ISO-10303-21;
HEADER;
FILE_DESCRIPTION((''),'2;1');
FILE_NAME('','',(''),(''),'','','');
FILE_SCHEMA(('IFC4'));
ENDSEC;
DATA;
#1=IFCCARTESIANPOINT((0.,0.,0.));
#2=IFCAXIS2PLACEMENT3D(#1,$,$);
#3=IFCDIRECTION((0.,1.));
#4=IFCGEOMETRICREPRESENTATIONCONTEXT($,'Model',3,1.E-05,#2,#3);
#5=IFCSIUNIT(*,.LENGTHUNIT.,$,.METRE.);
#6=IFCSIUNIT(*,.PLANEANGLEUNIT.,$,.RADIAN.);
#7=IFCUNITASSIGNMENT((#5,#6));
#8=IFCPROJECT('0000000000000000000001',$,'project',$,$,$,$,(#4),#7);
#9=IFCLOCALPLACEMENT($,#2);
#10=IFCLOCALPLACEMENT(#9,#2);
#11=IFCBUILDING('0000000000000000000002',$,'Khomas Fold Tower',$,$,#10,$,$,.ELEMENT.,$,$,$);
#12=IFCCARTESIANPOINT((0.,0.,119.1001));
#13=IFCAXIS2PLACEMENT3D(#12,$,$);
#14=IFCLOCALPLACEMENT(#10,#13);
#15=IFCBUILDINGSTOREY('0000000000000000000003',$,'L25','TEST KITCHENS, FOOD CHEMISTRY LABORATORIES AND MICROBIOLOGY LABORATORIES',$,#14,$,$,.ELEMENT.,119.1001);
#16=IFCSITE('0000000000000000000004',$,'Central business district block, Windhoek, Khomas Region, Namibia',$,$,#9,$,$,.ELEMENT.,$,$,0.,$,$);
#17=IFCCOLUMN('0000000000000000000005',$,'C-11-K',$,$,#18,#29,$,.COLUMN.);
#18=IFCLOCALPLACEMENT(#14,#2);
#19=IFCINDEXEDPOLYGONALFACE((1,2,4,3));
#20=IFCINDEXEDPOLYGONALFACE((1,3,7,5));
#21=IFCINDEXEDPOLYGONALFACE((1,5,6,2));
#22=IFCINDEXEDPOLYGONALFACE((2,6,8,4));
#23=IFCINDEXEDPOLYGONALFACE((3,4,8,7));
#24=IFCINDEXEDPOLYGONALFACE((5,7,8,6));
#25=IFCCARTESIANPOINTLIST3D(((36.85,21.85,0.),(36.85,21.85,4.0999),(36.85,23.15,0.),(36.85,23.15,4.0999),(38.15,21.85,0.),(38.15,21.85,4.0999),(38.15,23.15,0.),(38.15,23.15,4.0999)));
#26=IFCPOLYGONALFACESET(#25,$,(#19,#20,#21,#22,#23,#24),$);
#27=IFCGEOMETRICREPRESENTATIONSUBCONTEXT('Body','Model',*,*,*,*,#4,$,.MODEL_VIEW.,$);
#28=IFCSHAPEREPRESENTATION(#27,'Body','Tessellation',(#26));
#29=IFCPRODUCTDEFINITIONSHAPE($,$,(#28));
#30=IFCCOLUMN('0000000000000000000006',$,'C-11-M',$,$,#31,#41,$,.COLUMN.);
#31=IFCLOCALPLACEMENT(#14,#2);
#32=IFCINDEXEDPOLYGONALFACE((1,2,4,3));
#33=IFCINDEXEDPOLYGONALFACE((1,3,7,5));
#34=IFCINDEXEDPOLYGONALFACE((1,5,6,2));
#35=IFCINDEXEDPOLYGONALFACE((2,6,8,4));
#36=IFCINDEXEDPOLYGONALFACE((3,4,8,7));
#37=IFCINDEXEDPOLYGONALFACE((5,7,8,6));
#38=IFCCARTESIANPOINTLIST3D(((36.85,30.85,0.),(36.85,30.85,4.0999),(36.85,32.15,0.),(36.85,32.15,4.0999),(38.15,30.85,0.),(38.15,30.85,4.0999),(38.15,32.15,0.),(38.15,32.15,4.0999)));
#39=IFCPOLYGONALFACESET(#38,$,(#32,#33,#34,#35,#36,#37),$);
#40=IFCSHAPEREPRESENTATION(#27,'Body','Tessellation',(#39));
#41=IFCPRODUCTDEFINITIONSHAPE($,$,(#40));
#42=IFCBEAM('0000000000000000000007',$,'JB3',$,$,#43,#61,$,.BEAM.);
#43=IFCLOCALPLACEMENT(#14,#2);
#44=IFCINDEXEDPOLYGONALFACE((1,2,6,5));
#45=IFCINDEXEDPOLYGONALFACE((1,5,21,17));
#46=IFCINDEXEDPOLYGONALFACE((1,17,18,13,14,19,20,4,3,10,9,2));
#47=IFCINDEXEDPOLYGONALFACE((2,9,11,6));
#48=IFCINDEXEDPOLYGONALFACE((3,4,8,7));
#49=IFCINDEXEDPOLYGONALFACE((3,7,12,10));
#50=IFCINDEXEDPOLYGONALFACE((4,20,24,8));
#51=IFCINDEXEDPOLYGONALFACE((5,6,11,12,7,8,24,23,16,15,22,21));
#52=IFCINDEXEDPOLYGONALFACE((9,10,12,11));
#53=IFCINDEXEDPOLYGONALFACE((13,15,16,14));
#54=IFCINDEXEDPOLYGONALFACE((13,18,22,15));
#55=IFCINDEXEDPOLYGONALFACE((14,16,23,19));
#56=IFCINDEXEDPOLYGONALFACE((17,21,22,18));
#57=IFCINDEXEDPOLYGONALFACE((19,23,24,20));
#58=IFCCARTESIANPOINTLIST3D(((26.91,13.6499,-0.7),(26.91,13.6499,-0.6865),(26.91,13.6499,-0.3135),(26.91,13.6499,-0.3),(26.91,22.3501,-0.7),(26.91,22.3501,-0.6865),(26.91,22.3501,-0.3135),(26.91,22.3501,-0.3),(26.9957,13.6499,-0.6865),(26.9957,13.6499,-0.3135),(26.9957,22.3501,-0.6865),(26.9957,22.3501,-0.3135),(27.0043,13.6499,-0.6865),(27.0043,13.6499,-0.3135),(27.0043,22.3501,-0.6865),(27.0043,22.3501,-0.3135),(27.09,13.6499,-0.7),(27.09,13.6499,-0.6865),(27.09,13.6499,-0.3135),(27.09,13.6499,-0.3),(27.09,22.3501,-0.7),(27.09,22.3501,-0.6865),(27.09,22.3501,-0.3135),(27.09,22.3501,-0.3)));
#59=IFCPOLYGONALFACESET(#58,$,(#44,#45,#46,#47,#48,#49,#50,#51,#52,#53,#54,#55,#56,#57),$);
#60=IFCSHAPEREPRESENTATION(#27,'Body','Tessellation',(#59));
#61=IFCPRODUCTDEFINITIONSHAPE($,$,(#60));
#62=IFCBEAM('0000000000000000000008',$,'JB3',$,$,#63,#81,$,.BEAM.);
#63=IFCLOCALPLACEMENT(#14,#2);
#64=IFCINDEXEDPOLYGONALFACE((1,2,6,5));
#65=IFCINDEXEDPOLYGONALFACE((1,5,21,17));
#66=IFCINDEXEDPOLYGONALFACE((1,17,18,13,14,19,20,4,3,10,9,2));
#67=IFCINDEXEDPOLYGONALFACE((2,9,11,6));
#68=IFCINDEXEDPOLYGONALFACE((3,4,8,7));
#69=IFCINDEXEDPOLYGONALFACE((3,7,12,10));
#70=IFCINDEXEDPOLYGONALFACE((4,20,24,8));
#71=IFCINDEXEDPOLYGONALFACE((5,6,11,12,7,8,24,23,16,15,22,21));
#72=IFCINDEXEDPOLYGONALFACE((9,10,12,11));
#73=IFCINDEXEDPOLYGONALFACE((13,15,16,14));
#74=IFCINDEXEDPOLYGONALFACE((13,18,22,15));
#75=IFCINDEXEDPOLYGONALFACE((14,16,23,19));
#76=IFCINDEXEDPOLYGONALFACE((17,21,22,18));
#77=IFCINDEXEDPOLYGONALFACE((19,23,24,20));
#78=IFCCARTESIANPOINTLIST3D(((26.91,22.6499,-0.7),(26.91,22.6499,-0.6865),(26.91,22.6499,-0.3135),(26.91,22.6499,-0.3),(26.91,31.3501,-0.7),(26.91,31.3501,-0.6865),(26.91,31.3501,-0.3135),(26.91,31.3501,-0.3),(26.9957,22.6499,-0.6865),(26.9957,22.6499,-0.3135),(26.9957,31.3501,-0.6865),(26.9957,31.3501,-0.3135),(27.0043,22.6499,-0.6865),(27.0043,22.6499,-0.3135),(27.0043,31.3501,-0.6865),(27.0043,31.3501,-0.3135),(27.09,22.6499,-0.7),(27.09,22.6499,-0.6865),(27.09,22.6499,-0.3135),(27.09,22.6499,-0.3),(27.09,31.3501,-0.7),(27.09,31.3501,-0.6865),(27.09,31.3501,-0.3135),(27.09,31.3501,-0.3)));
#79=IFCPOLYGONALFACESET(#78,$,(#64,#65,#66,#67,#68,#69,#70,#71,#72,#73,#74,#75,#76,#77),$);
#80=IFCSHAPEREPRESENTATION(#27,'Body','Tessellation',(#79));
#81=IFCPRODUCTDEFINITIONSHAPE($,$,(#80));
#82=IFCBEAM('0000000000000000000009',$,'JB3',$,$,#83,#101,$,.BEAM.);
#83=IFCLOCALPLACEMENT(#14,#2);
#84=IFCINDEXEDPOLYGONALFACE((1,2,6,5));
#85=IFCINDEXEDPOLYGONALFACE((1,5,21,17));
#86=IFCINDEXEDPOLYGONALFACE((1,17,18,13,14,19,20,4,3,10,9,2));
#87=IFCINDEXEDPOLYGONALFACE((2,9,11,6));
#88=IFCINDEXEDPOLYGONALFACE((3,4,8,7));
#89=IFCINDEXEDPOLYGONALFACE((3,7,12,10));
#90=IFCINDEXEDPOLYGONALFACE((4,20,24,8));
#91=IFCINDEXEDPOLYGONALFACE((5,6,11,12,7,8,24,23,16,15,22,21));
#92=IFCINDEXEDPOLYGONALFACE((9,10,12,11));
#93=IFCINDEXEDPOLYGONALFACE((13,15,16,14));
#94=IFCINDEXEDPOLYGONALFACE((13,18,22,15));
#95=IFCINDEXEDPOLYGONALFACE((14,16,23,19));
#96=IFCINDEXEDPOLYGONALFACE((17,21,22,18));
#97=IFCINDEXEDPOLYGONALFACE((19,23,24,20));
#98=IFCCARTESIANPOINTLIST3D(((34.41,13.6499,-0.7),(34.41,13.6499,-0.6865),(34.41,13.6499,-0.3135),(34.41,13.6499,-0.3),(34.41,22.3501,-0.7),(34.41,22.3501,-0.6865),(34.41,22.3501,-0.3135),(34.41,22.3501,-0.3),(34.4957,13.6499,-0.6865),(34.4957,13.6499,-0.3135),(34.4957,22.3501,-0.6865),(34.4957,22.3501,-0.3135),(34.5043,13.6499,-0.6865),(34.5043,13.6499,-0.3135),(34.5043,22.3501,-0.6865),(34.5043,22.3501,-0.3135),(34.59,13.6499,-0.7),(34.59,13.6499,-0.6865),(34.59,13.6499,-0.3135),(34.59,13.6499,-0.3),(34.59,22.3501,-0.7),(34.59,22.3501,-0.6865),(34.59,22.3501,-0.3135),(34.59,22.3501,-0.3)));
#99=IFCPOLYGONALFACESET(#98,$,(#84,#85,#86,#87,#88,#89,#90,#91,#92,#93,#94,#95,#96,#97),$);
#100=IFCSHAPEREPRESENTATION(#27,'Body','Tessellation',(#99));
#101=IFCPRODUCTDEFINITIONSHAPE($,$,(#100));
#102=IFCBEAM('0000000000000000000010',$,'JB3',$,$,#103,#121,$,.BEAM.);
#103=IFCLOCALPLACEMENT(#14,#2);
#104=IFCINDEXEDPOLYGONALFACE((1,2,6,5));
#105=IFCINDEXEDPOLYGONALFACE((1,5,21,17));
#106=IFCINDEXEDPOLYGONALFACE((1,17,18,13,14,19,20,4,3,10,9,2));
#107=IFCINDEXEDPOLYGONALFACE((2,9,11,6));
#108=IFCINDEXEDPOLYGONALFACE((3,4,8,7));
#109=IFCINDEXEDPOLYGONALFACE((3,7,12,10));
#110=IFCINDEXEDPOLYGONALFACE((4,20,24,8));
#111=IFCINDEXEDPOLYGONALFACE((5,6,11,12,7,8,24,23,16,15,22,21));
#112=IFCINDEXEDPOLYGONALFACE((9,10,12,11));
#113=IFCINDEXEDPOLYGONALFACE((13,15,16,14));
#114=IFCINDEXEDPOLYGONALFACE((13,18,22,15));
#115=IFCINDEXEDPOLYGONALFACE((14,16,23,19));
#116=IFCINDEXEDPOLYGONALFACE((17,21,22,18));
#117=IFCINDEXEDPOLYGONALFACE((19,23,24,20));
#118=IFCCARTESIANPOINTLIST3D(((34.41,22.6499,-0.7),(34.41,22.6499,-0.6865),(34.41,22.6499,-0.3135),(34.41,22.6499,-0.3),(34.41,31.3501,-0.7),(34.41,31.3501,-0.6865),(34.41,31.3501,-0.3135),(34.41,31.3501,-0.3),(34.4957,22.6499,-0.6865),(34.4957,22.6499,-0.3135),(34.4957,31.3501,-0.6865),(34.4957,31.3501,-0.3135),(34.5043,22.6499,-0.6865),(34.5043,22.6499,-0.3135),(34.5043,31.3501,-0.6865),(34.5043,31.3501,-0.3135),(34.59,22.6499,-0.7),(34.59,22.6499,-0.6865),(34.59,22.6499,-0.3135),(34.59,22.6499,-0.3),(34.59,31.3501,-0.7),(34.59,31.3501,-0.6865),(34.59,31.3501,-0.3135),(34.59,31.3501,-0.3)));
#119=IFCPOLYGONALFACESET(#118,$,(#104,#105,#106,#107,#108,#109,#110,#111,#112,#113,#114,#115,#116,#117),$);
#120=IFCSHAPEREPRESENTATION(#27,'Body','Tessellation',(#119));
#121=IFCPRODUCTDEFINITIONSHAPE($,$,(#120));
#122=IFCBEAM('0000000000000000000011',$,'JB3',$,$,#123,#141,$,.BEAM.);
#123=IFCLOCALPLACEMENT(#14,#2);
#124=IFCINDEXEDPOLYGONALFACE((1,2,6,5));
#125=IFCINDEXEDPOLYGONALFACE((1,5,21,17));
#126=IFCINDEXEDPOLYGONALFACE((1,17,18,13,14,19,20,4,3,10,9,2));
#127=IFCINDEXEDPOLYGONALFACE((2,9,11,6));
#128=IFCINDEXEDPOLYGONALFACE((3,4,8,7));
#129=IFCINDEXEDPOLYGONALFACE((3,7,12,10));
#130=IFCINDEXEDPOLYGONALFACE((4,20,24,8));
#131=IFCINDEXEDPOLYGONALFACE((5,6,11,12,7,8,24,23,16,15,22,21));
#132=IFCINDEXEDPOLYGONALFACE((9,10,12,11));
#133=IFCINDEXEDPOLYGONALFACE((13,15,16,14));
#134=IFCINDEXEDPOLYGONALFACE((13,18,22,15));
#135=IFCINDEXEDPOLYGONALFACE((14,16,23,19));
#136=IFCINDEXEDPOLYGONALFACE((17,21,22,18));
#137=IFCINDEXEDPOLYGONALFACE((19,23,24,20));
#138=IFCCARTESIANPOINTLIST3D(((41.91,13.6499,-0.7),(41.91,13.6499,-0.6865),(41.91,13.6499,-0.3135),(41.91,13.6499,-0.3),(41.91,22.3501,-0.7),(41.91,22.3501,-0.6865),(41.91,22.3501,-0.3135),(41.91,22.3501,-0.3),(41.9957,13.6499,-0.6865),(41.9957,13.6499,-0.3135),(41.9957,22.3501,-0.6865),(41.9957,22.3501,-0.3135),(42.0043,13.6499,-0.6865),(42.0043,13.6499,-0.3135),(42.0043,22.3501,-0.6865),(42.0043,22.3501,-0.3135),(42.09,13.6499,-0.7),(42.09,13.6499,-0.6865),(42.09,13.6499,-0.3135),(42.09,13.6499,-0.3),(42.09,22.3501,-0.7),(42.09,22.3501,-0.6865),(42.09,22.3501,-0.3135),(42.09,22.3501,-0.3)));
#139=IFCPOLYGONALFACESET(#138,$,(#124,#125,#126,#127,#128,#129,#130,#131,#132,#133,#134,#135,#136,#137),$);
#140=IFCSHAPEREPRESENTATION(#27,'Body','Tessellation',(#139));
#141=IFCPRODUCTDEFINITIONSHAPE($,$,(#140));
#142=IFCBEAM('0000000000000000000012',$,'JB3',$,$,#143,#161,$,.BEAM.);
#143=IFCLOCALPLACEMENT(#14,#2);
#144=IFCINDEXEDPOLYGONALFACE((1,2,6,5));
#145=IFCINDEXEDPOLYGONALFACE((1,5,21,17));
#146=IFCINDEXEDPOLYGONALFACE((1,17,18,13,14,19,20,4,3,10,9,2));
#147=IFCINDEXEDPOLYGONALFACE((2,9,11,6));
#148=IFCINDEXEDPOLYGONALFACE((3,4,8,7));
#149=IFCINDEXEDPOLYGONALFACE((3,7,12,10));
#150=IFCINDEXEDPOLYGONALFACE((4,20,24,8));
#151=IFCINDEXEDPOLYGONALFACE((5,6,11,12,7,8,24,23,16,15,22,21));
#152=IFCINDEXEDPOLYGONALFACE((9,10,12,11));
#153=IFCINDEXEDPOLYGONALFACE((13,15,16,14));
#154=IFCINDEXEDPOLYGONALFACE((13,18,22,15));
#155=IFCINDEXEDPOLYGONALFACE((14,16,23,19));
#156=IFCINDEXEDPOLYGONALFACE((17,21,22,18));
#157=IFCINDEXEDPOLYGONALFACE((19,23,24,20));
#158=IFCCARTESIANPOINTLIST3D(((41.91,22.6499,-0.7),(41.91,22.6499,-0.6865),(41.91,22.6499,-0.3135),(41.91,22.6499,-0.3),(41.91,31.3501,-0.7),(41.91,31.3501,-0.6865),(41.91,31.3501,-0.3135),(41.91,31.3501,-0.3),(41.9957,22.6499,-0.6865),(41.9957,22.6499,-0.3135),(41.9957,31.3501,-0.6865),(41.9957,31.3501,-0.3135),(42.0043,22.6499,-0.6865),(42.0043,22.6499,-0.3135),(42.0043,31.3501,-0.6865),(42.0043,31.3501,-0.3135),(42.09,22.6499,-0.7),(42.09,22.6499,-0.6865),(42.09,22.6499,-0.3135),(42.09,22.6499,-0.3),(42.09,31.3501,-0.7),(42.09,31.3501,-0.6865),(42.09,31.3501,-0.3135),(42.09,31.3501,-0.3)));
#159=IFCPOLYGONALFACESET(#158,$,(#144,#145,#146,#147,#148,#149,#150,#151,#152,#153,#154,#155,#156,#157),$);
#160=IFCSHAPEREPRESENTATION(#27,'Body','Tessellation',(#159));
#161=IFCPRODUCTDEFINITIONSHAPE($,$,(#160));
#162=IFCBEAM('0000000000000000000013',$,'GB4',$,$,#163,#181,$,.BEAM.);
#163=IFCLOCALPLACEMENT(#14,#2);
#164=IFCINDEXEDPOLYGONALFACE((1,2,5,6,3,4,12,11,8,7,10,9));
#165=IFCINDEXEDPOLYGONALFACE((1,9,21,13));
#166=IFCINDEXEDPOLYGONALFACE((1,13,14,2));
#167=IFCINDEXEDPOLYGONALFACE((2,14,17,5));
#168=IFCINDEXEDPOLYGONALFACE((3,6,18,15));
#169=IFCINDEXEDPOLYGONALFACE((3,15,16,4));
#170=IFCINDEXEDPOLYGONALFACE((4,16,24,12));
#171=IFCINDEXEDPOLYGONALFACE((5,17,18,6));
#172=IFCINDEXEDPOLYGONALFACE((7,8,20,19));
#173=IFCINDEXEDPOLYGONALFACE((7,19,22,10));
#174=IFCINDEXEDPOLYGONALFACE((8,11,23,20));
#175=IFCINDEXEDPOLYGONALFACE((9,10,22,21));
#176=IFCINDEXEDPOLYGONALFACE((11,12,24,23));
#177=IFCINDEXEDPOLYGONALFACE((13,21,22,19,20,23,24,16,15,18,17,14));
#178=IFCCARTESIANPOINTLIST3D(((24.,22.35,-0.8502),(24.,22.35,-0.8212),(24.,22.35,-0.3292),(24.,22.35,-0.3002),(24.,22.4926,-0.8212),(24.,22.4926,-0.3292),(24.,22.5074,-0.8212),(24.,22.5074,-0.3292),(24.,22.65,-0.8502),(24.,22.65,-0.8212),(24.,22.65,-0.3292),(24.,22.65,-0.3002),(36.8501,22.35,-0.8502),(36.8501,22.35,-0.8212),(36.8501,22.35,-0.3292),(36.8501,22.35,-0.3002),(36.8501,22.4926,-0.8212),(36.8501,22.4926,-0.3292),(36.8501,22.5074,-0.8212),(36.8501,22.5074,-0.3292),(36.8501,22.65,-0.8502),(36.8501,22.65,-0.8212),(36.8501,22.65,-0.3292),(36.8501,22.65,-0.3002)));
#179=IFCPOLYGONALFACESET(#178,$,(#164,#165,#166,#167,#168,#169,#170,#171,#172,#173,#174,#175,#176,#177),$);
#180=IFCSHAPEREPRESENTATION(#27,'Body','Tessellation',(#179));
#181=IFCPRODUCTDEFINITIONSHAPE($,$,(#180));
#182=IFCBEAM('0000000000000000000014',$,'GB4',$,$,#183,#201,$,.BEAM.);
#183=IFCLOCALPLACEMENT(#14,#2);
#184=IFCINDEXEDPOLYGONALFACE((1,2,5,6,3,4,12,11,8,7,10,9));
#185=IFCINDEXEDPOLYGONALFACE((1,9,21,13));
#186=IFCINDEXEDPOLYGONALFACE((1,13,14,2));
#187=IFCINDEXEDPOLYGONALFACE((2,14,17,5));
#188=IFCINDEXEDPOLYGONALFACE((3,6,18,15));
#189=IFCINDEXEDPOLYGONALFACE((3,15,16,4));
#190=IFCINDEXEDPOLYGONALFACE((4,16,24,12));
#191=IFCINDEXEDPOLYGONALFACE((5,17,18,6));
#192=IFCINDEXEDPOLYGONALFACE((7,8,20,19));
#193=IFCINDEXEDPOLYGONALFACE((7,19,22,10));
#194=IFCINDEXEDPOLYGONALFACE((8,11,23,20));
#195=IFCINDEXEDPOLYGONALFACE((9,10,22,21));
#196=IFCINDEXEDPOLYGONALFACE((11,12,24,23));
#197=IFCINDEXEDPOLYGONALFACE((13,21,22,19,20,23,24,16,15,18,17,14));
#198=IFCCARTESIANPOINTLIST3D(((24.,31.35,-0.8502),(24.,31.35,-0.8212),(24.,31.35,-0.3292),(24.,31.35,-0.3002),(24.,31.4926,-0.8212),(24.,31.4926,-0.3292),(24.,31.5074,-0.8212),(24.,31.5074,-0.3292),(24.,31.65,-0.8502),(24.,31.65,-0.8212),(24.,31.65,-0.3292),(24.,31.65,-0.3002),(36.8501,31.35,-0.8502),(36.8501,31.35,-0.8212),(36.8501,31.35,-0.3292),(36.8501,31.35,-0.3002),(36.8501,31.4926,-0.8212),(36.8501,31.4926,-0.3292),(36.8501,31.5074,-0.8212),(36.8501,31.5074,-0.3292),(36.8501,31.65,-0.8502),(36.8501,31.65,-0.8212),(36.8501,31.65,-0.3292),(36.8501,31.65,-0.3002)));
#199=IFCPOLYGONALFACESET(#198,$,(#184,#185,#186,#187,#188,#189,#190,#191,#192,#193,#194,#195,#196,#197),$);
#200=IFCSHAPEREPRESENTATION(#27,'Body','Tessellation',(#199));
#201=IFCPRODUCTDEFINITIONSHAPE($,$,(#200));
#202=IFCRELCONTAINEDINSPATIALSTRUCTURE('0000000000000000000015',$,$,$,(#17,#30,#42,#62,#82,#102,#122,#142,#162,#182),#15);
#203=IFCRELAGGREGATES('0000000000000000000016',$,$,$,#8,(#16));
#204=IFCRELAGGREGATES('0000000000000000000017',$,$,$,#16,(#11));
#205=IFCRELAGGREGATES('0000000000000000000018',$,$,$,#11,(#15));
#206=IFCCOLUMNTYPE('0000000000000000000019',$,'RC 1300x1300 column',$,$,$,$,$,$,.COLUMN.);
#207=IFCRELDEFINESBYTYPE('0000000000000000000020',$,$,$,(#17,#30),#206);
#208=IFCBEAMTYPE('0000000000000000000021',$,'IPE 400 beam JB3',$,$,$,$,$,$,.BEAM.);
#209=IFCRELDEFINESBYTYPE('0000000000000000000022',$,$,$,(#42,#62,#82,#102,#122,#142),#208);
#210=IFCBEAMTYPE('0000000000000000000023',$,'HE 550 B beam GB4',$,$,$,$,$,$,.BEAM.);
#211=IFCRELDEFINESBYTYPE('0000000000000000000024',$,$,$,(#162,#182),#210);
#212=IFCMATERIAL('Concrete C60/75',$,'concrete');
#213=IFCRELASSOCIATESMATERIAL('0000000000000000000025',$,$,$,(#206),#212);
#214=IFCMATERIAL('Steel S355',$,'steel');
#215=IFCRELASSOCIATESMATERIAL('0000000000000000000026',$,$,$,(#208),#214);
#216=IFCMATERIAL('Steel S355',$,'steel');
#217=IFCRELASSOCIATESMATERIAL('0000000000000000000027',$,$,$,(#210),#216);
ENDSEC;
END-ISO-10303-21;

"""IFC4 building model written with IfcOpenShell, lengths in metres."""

from ifc_helpers import new_model, si_unit, direction, frame, origin, origin_2d, place, context, subcontext, project, spatial, rectangle, i_section, extrude, source, transform, mapped, material, material_profile, profile_set, type_object, element, save


model = new_model("IFC4")

# Units and contexts
model_context = context("Model", 3, precision=1e-05, world=origin(), true_north=direction((0.0, 1.0)))
body_context = subcontext(model_context, "Body", "Model", "MODEL_VIEW")
ifc_project = project(units=[si_unit("LENGTHUNIT", "METRE"), si_unit("PLANEANGLEUNIT", "RADIAN")], contexts=[model_context])

# Site, building, storey
site_placement = place(None, origin())
site = spatial("IfcSite", under=ifc_project, at=site_placement, Name="Central business district block, Windhoek, Khomas Region, Namibia", CompositionType="ELEMENT", RefElevation=0.0)
building_placement = place(site_placement, origin())
building = spatial("IfcBuilding", under=site, at=building_placement, Name="Khomas Fold Tower", CompositionType="ELEMENT")
storey_placement = place(building_placement, frame((0.0, 0.0, 119.1001)))
storey = spatial("IfcBuildingStorey", under=building, at=storey_placement, Name="L25", Description="TEST KITCHENS, FOOD CHEMISTRY LABORATORIES AND MICROBIOLOGY LABORATORIES", CompositionType="ELEMENT", Elevation=119.1001)

# Columns
ifc_material_1 = material(Name="Concrete C60/75", Category="concrete")
ifc_material_profile_1 = material_profile(ifc_material_1, rectangle(XDim=1.3, YDim=1.3, at=origin_2d()), Name="RC 1300x1300")
ifc_profile_set_1 = profile_set([ifc_material_profile_1], Name="Concrete C60/75")
column_type = type_object("IfcColumnType", Name="RC 1300x1300 column", PredefinedType="COLUMN", material=ifc_profile_set_1)
shared_shape_1 = source(origin(), body_context, "Body", "SweptSolid", [
    extrude(rectangle(XDim=1.3, YDim=1.3, at=origin_2d()), origin(), (0.0, 0.0, 1.0), 4.0999),
])
for number, where, z_axis, x_axis, name in (
    (1, (37.5, 22.5, 0.0), (0.0, 0.0, 1.0), (1.0, 0.0, 0.0), "C-11-K"),
    (2, (37.5, 31.5, 0.0), (0.0, 0.0, 1.0), (1.0, 0.0, 0.0), "C-11-M"),
):
    element("IfcColumn", number, at=place(storey_placement, frame(where, z_axis=z_axis, x_axis=x_axis)), inside=storey, type_object=column_type, Name=name, PredefinedType="COLUMN", context=body_context, shape_type="MappedRepresentation", body=[
        mapped(shared_shape_1, transform((0.0, 0.0, 0.0))),
    ])

# Beams
ifc_material_2 = material(Name="Steel S355", Category="steel")
ifc_material_profile_2 = material_profile(ifc_material_2, i_section(OverallWidth=0.1799, OverallDepth=0.3999, WebThickness=0.0085, FlangeThickness=0.0134, at=origin_2d()), Name="IPE 400")
ifc_profile_set_2 = profile_set([ifc_material_profile_2], Name="Steel S355")
beam_type_1 = type_object("IfcBeamType", Name="IPE 400 beam JB3", PredefinedType="BEAM", material=ifc_profile_set_2)
shared_shape_2 = source(origin(), body_context, "Body", "SweptSolid", [
    extrude(i_section(OverallWidth=0.1799, OverallDepth=0.3999, WebThickness=0.0085, FlangeThickness=0.0134, at=origin_2d()), origin(), (0.0, 0.0, 1.0), 8.7002),
])
for number, where, z_axis, x_axis, name in (
    (3, (27.0, 13.6499, -0.5), (0.0, 1.0, 0.0), (-1.0, 0.0, 0.0), "JB3"),
    (4, (27.0, 22.6499, -0.5), (0.0, 1.0, 0.0), (-1.0, 0.0, 0.0), "JB3"),
    (5, (34.5, 13.6499, -0.5), (0.0, 1.0, 0.0), (-1.0, 0.0, 0.0), "JB3"),
    (6, (34.5, 22.6499, -0.5), (0.0, 1.0, 0.0), (-1.0, 0.0, 0.0), "JB3"),
    (7, (42.0, 13.6499, -0.5), (0.0, 1.0, 0.0), (-1.0, 0.0, 0.0), "JB3"),
    (8, (42.0, 22.6499, -0.5), (0.0, 1.0, 0.0), (-1.0, 0.0, 0.0), "JB3"),
):
    element("IfcBeam", number, at=place(storey_placement, frame(where, z_axis=z_axis, x_axis=x_axis)), inside=storey, type_object=beam_type_1, Name=name, PredefinedType="BEAM", context=body_context, shape_type="MappedRepresentation", body=[
        mapped(shared_shape_2, transform((0.0, 0.0, 0.0))),
    ])
ifc_material_3 = material(Name="Steel S355", Category="steel")
ifc_material_profile_3 = material_profile(ifc_material_3, i_section(OverallWidth=0.3, OverallDepth=0.55, WebThickness=0.0149, FlangeThickness=0.0291, at=origin_2d()), Name="HE 550 B")
ifc_profile_set_3 = profile_set([ifc_material_profile_3], Name="Steel S355")
beam_type_2 = type_object("IfcBeamType", Name="HE 550 B beam GB4", PredefinedType="BEAM", material=ifc_profile_set_3)
shared_shape_3 = source(origin(), body_context, "Body", "SweptSolid", [
    extrude(i_section(OverallWidth=0.3, OverallDepth=0.55, WebThickness=0.0149, FlangeThickness=0.0291, at=origin_2d()), origin(), (0.0, 0.0, 1.0), 12.8501),
])
for number, where, z_axis, x_axis, name in (
    (9, (24.0, 22.5, -0.5752), (1.0, 0.0, 0.0), (0.0, 1.0, 0.0), "GB4"),
    (10, (24.0, 31.5, -0.5752), (1.0, 0.0, 0.0), (0.0, 1.0, 0.0), "GB4"),
):
    element("IfcBeam", number, at=place(storey_placement, frame(where, z_axis=z_axis, x_axis=x_axis)), inside=storey, type_object=beam_type_2, Name=name, PredefinedType="BEAM", context=body_context, shape_type="MappedRepresentation", body=[
        mapped(shared_shape_3, transform((0.0, 0.0, 0.0))),
    ])

save(model, "model.ifc")
